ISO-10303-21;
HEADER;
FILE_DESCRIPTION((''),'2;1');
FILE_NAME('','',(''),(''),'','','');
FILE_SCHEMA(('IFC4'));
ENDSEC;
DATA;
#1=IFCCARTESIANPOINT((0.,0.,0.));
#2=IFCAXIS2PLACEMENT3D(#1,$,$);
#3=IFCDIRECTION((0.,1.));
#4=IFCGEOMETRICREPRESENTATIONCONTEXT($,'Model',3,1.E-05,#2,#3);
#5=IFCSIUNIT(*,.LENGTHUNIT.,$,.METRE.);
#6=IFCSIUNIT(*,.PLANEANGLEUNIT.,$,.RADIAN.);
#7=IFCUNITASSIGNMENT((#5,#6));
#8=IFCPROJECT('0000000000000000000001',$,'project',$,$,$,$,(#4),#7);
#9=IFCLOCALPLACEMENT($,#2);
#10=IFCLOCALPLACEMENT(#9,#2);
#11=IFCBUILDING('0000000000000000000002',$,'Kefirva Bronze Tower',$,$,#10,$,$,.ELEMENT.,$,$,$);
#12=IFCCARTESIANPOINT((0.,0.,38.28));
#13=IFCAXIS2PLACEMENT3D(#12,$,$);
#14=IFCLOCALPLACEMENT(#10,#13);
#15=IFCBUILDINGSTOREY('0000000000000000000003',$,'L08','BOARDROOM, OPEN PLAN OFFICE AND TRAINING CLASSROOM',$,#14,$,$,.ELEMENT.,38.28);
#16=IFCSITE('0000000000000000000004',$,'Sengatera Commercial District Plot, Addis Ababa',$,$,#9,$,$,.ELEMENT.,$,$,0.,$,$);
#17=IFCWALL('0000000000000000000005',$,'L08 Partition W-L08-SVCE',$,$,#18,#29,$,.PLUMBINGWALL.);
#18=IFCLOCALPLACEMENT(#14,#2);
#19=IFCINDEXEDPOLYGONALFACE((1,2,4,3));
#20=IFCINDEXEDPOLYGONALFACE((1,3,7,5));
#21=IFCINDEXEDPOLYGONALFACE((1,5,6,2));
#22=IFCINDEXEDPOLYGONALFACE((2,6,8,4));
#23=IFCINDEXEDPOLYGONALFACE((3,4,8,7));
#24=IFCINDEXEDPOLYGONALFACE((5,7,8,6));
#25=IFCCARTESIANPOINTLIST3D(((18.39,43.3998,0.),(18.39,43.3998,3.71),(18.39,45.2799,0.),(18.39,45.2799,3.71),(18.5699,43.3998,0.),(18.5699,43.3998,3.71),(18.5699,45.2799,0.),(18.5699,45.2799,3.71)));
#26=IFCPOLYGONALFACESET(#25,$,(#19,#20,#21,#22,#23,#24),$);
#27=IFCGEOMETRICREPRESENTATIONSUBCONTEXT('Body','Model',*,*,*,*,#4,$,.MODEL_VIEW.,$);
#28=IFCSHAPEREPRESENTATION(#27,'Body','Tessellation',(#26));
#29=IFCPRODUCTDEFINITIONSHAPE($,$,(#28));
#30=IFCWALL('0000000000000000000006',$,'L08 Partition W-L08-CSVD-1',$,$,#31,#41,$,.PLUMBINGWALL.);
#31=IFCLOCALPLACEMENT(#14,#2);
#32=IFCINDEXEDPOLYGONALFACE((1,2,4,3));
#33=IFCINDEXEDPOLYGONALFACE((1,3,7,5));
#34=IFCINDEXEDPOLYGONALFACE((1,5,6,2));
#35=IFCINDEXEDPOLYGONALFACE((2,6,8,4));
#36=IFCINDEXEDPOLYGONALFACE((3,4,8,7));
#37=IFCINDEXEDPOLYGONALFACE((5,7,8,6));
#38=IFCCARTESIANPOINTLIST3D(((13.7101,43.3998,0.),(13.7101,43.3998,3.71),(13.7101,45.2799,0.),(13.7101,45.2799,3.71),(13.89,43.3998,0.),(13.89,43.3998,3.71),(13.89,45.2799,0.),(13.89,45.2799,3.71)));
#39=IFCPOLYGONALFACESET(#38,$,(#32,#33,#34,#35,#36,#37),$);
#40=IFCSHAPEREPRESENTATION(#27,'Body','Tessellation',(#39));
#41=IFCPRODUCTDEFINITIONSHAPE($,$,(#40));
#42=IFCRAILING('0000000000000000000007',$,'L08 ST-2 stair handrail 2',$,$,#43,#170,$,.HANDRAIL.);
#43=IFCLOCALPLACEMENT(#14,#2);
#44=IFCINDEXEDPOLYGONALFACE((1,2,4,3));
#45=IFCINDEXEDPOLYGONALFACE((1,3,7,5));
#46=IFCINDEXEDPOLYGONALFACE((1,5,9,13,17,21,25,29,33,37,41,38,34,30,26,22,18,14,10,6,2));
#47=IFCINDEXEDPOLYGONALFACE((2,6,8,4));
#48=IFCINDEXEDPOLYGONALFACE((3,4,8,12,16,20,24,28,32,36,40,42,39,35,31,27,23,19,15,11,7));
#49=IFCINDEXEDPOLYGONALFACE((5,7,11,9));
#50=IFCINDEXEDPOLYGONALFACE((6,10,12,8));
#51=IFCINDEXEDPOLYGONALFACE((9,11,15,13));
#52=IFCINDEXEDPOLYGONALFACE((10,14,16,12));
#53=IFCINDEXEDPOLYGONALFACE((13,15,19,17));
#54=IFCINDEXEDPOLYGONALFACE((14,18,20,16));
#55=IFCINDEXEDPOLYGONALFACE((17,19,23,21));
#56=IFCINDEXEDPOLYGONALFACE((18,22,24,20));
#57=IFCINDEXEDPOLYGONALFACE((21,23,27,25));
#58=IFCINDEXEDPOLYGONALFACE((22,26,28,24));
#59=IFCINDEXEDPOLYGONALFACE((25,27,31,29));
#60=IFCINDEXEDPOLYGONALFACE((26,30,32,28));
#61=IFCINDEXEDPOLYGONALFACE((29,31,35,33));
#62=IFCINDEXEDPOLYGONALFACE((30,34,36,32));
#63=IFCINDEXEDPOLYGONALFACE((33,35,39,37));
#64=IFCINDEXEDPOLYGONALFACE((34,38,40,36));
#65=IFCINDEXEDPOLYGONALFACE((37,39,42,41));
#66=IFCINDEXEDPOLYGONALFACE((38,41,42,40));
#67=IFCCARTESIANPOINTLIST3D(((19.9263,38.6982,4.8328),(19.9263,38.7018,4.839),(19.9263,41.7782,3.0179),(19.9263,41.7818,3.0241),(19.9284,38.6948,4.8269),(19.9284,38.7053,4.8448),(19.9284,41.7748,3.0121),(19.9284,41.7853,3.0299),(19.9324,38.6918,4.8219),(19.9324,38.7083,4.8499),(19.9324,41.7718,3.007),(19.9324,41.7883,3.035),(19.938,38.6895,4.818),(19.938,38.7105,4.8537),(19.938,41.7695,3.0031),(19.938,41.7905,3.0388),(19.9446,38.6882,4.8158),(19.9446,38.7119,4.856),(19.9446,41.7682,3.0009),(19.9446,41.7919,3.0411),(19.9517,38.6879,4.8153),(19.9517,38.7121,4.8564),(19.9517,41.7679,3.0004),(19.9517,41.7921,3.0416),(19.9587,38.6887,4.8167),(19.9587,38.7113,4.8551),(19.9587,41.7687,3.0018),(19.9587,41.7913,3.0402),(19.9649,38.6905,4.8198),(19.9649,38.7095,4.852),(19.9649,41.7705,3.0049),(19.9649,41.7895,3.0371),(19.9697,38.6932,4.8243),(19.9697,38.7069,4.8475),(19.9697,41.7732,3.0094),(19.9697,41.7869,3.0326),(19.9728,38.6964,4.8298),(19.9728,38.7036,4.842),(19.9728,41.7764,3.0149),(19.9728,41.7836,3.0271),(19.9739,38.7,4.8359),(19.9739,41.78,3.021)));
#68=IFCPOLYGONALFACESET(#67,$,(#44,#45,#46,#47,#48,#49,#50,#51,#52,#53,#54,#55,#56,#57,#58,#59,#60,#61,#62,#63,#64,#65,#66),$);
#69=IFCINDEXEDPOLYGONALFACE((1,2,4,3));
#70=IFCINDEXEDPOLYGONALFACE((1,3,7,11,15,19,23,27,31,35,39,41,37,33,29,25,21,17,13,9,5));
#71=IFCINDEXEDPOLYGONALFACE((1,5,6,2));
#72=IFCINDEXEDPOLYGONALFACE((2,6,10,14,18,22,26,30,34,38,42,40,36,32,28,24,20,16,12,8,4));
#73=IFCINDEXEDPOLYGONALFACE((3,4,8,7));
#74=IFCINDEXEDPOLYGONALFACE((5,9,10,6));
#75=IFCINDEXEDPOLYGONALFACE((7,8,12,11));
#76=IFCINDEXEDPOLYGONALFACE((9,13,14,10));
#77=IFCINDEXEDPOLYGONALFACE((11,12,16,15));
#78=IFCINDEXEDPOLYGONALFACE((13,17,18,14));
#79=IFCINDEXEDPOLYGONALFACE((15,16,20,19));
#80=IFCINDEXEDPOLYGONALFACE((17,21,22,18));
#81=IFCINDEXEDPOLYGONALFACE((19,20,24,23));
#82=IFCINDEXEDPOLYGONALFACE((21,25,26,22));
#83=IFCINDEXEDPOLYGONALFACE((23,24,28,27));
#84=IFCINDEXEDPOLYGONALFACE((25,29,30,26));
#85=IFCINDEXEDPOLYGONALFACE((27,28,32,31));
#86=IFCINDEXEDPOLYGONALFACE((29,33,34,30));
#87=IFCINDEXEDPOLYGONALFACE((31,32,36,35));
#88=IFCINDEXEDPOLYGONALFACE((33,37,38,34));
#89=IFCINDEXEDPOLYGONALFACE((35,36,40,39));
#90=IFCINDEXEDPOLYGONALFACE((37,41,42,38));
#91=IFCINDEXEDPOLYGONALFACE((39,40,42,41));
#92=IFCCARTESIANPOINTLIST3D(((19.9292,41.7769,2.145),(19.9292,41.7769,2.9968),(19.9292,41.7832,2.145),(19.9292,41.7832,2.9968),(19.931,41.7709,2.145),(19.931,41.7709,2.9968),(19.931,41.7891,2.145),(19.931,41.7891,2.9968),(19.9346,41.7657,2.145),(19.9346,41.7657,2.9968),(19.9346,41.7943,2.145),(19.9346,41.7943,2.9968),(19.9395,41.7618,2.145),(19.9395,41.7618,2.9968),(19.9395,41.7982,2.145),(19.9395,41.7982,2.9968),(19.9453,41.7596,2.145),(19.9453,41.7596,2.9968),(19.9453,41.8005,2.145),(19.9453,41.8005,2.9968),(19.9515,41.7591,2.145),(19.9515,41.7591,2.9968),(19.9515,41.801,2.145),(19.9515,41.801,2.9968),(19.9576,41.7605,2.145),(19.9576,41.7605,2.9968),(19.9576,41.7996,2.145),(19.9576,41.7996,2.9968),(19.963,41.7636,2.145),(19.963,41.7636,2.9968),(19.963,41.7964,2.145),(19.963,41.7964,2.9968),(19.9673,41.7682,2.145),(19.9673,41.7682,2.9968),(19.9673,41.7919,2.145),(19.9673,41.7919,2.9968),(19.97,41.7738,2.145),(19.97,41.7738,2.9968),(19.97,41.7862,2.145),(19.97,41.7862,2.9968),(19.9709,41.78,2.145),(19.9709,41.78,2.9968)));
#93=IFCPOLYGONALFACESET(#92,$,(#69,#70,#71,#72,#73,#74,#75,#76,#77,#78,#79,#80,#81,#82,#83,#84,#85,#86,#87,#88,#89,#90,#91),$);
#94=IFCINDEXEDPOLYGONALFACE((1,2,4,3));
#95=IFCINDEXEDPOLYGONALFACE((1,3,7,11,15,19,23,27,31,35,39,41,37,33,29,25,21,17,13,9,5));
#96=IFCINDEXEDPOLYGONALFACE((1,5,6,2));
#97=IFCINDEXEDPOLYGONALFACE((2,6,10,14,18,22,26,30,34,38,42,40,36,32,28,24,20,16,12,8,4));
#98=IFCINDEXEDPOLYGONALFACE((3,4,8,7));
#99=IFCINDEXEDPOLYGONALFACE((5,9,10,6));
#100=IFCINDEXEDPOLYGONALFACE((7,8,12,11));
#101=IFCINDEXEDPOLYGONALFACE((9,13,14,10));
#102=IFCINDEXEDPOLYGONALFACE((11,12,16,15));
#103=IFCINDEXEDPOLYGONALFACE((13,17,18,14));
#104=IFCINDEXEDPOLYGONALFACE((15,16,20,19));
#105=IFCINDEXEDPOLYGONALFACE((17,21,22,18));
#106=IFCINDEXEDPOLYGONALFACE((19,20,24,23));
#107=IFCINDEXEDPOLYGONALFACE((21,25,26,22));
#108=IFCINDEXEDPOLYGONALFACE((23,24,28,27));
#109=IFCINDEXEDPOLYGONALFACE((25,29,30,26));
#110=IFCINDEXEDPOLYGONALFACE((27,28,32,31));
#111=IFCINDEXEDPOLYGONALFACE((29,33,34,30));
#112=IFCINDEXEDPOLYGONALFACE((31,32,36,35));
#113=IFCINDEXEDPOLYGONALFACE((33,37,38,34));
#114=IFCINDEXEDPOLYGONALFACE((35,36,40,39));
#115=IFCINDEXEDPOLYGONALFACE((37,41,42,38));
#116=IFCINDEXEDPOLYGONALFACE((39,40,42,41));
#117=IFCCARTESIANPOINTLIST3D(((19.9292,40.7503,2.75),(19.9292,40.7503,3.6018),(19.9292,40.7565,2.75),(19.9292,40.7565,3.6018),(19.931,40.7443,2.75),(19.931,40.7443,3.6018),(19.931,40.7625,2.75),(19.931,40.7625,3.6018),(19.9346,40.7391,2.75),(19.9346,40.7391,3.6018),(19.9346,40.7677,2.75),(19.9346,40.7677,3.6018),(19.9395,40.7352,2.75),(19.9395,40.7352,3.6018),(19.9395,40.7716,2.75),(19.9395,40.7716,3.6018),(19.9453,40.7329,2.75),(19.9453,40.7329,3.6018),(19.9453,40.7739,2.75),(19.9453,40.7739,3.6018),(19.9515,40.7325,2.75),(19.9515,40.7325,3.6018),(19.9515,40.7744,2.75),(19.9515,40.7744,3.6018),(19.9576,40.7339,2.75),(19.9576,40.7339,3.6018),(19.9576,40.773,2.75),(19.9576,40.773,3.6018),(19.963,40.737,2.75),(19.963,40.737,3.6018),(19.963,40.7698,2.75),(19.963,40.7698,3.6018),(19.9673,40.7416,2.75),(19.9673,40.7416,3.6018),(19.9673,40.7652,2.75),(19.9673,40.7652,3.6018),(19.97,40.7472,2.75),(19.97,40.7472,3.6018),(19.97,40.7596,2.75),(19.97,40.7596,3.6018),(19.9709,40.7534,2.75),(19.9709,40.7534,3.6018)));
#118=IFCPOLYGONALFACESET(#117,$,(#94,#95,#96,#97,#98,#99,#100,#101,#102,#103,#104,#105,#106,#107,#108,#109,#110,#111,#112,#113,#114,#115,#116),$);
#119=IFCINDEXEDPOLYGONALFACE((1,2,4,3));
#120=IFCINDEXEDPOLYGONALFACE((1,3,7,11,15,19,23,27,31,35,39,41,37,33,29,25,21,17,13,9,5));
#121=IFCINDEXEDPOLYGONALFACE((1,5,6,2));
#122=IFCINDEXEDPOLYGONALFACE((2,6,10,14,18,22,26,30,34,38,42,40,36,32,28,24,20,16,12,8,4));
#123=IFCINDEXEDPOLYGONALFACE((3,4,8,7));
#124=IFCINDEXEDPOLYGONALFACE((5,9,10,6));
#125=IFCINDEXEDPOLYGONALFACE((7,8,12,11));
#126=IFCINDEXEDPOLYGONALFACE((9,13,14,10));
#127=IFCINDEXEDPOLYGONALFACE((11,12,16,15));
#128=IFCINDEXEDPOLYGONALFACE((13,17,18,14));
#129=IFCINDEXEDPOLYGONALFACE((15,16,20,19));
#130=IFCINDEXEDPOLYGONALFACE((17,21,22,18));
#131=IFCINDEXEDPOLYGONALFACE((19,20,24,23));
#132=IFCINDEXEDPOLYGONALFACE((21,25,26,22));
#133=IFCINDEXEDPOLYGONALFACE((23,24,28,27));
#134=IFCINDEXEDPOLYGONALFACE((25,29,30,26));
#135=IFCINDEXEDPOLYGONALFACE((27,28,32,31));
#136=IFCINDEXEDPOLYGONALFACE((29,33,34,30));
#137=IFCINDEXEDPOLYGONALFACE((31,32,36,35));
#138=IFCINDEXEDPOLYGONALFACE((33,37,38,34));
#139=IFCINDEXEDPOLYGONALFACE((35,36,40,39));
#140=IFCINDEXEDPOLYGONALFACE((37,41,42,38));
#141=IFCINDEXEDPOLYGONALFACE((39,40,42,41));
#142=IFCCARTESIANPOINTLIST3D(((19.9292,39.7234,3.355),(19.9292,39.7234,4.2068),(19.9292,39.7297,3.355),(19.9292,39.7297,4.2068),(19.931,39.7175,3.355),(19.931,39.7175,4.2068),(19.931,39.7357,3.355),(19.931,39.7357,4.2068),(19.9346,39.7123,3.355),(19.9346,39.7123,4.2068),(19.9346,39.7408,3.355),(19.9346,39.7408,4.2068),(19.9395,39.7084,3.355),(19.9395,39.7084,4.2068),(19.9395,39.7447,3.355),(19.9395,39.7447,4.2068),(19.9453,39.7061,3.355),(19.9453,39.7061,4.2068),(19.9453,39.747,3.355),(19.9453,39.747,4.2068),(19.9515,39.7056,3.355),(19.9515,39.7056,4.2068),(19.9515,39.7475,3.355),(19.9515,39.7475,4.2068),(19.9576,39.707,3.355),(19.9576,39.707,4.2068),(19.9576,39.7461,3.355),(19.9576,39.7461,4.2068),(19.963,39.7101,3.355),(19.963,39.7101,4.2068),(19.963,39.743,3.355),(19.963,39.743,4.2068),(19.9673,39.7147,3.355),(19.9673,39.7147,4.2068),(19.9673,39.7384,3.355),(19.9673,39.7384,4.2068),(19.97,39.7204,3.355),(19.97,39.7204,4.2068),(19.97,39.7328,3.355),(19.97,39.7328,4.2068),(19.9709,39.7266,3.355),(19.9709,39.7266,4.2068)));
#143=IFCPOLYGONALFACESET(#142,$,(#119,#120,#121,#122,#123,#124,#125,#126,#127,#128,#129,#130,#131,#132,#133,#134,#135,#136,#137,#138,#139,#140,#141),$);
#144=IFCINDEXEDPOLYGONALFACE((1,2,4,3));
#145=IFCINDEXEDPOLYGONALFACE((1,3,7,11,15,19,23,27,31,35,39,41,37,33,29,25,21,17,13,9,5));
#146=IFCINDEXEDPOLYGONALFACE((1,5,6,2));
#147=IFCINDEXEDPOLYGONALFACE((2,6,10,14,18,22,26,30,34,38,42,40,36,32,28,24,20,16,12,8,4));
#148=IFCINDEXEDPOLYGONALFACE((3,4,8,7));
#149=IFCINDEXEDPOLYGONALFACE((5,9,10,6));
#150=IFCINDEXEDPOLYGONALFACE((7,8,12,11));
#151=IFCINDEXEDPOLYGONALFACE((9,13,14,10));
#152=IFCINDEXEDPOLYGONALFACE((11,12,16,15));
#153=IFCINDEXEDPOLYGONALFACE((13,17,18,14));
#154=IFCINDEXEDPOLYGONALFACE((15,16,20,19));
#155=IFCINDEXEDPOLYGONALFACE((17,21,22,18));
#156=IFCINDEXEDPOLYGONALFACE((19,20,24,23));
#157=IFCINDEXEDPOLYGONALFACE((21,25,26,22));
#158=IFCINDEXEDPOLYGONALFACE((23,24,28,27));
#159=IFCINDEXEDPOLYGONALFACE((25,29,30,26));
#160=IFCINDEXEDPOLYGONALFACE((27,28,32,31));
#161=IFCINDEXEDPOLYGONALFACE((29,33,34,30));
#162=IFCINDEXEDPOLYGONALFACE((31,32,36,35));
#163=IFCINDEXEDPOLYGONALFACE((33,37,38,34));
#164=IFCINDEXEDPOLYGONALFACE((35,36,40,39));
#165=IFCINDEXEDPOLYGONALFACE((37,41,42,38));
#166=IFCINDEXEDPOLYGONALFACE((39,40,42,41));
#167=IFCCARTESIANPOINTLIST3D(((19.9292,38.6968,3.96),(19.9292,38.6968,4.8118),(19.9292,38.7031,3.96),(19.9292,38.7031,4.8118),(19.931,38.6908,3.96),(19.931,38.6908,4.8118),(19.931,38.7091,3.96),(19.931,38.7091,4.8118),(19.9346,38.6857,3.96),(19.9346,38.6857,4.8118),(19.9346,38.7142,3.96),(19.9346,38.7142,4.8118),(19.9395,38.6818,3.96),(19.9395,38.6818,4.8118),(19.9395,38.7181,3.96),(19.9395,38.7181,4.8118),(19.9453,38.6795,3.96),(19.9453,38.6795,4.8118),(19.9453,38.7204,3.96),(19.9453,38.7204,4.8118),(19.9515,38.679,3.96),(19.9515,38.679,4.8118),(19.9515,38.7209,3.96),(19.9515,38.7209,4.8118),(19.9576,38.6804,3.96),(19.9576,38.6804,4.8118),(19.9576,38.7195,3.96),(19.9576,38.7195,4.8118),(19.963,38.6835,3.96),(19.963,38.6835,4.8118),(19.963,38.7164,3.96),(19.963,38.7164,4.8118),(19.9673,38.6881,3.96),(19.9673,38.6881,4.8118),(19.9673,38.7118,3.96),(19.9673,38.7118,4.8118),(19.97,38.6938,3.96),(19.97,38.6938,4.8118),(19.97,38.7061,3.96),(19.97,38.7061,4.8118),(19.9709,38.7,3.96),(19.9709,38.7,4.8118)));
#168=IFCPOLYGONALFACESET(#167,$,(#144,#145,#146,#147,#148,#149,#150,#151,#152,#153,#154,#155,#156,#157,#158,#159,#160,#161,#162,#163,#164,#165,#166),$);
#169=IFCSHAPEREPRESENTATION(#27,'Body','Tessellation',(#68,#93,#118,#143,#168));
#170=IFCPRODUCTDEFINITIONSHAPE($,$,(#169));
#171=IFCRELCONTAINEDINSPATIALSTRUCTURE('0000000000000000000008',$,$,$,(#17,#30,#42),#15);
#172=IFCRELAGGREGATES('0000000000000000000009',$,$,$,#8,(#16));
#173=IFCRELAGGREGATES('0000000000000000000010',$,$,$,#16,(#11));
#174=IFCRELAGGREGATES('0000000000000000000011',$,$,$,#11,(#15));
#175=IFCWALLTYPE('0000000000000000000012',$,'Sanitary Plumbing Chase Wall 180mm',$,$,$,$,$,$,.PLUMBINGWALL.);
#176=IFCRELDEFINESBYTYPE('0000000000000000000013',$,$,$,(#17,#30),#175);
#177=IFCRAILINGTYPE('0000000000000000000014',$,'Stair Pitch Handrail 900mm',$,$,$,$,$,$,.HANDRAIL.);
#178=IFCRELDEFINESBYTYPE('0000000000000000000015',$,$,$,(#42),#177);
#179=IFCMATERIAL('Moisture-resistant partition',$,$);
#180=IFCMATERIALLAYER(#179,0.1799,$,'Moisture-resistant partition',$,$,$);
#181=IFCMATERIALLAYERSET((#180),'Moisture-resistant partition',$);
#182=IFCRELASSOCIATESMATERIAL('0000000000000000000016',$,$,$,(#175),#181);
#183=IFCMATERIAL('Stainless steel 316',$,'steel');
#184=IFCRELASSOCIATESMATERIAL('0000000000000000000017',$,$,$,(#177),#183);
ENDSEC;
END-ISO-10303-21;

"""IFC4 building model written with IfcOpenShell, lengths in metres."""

from ifc_helpers import new_model, si_unit, direction, frame, frame_2d, origin, origin_2d, place, context, subcontext, project, spatial, rectangle, circle, extrude, material, layer, layer_set, type_object, element, save


model = new_model("IFC4")

# Units and contexts
model_context = context("Model", 3, precision=1e-05, world=origin(), true_north=direction((0.0, 1.0)))
body_context = subcontext(model_context, "Body", "Model", "MODEL_VIEW")
ifc_project = project(units=[si_unit("LENGTHUNIT", "METRE"), si_unit("PLANEANGLEUNIT", "RADIAN")], contexts=[model_context])

# Site, building, storey
site_placement = place(None, origin())
site = spatial("IfcSite", under=ifc_project, at=site_placement, Name="Sengatera Commercial District Plot, Addis Ababa", CompositionType="ELEMENT", RefElevation=0.0)
building_placement = place(site_placement, origin())
building = spatial("IfcBuilding", under=site, at=building_placement, Name="Kefirva Bronze Tower", CompositionType="ELEMENT")
storey_placement = place(building_placement, frame((0.0, 0.0, 38.28)))
storey = spatial("IfcBuildingStorey", under=building, at=storey_placement, Name="L08", Description="BOARDROOM, OPEN PLAN OFFICE AND TRAINING CLASSROOM", CompositionType="ELEMENT", Elevation=38.28)

# Walls
ifc_material_1 = material(Name="Moisture-resistant partition")
ifc_layer_1 = layer(ifc_material_1, 0.1799, Name="Moisture-resistant partition")
ifc_layer_set_1 = layer_set([ifc_layer_1], Name="Moisture-resistant partition")
wall_type_1 = type_object("IfcWallType", Name="Sanitary Plumbing Chase Wall 180mm", PredefinedType="PLUMBINGWALL", material=ifc_layer_set_1)
for number, where, z_axis, x_axis, name in (
    (1, (18.48, 43.3999, 0.0), (0.0, 0.0, 1.0), (0.0, 1.0, 0.0), "L08 Partition W-L08-SVCE"),
    (2, (13.8, 43.3999, 0.0), (0.0, 0.0, 1.0), (0.0, 1.0, 0.0), "L08 Partition W-L08-CSVD-1"),
):
    element("IfcWall", number, at=place(storey_placement, frame(where, z_axis=z_axis, x_axis=x_axis)), inside=storey, type_object=wall_type_1, Name=name, PredefinedType="PLUMBINGWALL", context=body_context, shape_type="SweptSolid", body=[
        extrude(rectangle(XDim=1.8801, YDim=0.1799, at=frame_2d((0.9399, 0.0))), origin(), (0.0, 0.0, 1.0), 3.71),
    ])

# Railing
ifc_material_2 = material(Name="Stainless steel 316", Category="steel")
railing_type = type_object("IfcRailingType", Name="Stair Pitch Handrail 900mm", PredefinedType="HANDRAIL", material=ifc_material_2)
railing_placement = place(storey_placement, frame((19.95, 41.78, 2.145)))
element("IfcRailing", 3, at=railing_placement, inside=storey, type_object=railing_type, Name="L08 ST-2 stair handrail 2", PredefinedType="HANDRAIL", context=body_context, shape_type="SweptSolid", body=[
    extrude(circle(Radius=0.0239, at=origin_2d()), frame((0.0, 0.0, 0.876), z_axis=(0.0, -0.861551, 0.507671), x_axis=(1.0, 0.0, 0.0)), (0.0, 0.0, 1.0), 3.575),
    extrude(circle(Radius=0.021, at=origin_2d()), origin(), (0.0, 0.0, 1.0), 0.8518),
    extrude(circle(Radius=0.021, at=origin_2d()), frame((0.0, -1.0266, 0.605)), (0.0, 0.0, 1.0), 0.8518),
    extrude(circle(Radius=0.021, at=origin_2d()), frame((0.0, -2.0535, 1.21)), (0.0, 0.0, 1.0), 0.8518),
    extrude(circle(Radius=0.021, at=origin_2d()), frame((0.0, -3.0801, 1.8149)), (0.0, 0.0, 1.0), 0.8518),
])

save(model, "model.ifc")
